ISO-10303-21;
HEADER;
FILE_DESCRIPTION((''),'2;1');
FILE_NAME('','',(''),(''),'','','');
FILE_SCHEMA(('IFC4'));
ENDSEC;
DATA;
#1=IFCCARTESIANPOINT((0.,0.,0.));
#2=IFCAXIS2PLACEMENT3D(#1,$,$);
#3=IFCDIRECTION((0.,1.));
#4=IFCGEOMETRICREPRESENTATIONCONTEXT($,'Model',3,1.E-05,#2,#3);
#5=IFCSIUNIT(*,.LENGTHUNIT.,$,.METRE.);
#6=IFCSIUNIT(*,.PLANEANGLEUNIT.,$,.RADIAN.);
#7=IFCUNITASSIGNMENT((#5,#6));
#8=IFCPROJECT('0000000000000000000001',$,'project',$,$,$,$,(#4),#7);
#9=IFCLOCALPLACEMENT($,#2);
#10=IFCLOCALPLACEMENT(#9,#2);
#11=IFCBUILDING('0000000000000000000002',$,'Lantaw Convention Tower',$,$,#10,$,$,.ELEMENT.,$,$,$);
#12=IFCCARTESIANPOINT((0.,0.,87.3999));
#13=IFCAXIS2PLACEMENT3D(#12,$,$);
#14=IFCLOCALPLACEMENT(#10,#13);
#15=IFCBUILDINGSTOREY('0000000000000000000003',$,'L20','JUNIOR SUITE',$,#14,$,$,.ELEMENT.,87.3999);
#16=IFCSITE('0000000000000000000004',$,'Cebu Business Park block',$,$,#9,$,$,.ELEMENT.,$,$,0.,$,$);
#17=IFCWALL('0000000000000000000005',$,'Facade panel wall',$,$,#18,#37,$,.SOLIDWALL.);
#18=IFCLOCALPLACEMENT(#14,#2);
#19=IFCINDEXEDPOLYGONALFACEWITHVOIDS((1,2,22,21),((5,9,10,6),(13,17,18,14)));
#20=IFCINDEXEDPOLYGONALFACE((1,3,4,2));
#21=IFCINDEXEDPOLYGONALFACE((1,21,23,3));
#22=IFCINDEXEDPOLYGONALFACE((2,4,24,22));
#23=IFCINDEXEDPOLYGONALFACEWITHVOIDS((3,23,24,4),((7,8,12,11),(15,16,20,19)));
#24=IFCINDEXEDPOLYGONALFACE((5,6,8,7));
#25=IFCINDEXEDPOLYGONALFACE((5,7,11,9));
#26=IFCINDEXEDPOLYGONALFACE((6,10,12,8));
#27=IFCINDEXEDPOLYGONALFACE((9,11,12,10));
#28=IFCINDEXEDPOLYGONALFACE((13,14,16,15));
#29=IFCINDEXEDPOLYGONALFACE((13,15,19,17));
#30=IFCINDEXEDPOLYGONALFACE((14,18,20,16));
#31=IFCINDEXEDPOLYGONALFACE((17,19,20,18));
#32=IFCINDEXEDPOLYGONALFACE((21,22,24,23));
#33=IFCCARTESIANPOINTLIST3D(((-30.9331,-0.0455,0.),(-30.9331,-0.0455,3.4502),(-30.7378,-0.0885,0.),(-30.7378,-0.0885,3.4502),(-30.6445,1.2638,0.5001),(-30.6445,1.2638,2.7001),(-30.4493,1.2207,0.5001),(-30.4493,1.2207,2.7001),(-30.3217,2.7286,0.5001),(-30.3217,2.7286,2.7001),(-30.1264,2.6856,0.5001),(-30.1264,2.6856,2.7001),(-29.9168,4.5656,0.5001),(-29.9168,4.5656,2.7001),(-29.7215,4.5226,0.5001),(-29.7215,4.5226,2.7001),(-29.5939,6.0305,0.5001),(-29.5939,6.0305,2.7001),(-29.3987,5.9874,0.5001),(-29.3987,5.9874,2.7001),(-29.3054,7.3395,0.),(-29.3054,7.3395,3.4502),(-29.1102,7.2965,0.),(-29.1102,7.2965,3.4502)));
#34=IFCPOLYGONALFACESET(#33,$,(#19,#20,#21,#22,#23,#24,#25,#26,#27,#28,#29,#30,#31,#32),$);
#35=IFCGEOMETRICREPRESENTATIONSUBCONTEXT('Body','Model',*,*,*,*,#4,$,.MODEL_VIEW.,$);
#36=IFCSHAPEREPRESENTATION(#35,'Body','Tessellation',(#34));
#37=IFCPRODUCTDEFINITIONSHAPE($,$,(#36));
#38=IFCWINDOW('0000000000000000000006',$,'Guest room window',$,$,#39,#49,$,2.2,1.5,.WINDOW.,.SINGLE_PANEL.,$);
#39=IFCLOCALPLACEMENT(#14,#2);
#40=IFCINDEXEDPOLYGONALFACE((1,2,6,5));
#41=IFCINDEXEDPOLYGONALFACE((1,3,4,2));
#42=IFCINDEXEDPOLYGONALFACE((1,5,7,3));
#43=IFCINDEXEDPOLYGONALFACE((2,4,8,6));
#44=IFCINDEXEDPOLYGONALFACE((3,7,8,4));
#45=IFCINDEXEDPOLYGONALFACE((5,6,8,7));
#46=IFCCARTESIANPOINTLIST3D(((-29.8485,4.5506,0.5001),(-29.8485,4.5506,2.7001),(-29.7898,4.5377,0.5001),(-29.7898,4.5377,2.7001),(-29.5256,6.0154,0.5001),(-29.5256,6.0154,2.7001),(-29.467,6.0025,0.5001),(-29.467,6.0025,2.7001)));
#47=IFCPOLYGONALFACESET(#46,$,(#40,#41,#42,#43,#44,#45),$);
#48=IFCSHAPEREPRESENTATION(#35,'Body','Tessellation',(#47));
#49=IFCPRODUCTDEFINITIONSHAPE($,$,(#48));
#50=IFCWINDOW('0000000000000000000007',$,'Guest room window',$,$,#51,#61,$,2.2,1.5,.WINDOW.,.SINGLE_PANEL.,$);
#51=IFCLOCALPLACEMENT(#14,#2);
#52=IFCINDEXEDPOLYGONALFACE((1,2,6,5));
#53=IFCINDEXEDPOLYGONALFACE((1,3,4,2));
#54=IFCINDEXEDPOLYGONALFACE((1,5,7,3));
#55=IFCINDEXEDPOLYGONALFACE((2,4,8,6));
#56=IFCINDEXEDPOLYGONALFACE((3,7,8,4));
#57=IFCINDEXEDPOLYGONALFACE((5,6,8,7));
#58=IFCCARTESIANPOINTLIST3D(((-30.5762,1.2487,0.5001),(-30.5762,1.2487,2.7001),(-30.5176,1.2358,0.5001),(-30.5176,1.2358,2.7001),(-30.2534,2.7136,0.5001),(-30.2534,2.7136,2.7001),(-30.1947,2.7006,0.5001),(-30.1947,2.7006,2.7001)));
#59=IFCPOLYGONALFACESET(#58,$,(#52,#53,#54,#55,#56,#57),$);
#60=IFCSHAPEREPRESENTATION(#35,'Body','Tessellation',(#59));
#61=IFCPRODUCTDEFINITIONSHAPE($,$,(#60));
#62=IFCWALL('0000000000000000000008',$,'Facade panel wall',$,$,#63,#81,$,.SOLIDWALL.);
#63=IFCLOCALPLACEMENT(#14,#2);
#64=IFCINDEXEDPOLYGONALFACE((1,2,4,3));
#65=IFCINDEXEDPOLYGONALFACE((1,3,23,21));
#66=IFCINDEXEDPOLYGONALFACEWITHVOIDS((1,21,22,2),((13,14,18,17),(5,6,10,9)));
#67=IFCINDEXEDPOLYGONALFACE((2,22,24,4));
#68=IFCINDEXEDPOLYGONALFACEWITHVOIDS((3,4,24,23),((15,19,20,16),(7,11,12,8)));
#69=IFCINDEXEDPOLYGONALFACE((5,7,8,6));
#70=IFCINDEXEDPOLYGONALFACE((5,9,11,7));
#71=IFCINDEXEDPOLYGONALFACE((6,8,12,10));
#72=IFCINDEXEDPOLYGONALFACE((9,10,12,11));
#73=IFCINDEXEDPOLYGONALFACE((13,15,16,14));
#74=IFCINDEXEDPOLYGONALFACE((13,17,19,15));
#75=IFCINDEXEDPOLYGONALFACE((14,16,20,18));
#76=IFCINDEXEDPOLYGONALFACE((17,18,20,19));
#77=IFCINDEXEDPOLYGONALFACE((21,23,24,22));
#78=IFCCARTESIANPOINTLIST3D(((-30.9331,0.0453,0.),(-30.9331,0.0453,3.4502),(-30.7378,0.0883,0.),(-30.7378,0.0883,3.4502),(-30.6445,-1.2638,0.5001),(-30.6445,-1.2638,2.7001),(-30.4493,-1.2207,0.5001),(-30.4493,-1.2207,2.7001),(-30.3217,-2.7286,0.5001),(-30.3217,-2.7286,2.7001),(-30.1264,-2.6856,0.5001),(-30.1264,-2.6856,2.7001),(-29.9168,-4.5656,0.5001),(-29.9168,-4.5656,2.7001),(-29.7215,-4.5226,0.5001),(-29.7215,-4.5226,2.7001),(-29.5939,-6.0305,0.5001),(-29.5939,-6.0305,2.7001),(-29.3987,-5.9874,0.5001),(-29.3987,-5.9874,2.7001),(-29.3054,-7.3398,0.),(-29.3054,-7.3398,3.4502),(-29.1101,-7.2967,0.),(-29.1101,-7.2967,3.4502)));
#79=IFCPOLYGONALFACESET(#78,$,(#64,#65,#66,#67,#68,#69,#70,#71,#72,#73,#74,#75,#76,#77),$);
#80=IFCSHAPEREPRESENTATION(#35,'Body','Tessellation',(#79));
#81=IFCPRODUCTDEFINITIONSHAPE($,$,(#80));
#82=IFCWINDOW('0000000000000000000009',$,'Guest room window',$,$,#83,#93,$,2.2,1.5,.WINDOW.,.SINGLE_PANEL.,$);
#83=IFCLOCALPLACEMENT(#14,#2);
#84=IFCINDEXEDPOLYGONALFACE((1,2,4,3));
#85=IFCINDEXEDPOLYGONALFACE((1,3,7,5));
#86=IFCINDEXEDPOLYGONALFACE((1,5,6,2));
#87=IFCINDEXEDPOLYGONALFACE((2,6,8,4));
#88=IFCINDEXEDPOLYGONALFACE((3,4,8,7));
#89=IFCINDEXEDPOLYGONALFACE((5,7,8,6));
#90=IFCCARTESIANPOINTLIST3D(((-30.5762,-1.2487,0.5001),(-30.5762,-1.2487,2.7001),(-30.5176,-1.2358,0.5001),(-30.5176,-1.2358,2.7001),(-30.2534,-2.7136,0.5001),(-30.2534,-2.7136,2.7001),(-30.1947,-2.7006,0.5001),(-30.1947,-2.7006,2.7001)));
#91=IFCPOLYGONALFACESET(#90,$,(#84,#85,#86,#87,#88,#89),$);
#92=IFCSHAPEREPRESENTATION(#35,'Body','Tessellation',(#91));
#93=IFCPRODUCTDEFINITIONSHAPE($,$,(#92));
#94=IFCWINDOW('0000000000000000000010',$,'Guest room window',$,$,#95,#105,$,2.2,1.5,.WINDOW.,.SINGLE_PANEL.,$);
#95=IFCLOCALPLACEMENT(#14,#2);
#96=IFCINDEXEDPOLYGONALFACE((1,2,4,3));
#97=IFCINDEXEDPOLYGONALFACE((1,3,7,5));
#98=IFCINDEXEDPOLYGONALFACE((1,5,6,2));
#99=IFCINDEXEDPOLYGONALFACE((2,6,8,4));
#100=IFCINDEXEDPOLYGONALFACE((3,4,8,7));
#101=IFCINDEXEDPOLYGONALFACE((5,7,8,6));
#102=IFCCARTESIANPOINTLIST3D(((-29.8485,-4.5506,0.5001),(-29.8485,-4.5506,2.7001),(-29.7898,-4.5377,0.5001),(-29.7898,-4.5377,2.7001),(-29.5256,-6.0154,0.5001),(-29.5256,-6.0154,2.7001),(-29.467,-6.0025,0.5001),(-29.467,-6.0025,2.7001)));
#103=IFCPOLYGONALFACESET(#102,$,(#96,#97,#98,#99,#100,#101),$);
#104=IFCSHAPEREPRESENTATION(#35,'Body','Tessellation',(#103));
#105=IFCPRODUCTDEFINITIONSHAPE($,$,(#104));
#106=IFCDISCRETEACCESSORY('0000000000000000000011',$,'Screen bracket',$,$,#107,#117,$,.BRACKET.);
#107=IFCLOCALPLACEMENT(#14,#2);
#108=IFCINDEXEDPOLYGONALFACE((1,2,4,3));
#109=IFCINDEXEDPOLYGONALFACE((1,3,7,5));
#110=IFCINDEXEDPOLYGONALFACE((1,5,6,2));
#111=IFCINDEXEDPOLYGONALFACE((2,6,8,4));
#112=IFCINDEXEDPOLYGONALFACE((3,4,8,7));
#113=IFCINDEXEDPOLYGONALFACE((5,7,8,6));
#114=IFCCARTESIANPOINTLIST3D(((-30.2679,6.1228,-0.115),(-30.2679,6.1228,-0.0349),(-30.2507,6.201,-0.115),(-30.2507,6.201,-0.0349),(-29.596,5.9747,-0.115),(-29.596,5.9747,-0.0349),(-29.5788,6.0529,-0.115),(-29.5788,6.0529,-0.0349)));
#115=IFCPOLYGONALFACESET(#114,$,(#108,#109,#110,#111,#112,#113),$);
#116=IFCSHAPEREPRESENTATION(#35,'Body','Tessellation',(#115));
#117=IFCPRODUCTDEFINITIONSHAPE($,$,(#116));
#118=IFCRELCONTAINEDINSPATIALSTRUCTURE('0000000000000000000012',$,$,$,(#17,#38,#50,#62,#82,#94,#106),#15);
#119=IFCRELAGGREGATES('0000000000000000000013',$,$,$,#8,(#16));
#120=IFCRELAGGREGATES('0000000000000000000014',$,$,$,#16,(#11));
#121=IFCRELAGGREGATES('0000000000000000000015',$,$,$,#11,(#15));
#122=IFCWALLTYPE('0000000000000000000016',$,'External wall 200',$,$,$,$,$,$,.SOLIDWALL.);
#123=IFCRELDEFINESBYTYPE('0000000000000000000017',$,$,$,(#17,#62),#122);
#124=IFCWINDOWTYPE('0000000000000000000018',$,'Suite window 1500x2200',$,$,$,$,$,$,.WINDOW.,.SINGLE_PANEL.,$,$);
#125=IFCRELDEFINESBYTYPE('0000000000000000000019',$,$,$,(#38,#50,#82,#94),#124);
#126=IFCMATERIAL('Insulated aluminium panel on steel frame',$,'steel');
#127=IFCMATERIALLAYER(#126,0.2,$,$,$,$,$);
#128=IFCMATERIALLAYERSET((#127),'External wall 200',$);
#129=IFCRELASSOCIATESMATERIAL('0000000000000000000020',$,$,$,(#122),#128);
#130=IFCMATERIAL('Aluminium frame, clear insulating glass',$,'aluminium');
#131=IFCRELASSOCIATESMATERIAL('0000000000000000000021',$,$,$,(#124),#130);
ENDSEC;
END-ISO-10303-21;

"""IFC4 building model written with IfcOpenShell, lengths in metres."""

from ifc_helpers import new_model, si_unit, direction, frame, frame_2d, origin, origin_2d, place, context, subcontext, project, spatial, rectangle, extrude, material, layer, layer_set, type_object, element, fill, save


model = new_model("IFC4")

# Units and contexts
model_context = context("Model", 3, precision=1e-05, world=origin(), true_north=direction((0.0, 1.0)))
body_context = subcontext(model_context, "Body", "Model", "MODEL_VIEW")
ifc_project = project(units=[si_unit("LENGTHUNIT", "METRE"), si_unit("PLANEANGLEUNIT", "RADIAN")], contexts=[model_context])

# Site, building, storey
site_placement = place(None, origin())
site = spatial("IfcSite", under=ifc_project, at=site_placement, Name="Cebu Business Park block", CompositionType="ELEMENT", RefElevation=0.0)
building_placement = place(site_placement, origin())
building = spatial("IfcBuilding", under=site, at=building_placement, Name="Lantaw Convention Tower", CompositionType="ELEMENT")
storey_placement = place(building_placement, frame((0.0, 0.0, 87.3999)))
storey = spatial("IfcBuildingStorey", under=building, at=storey_placement, Name="L20", Description="JUNIOR SUITE", CompositionType="ELEMENT", Elevation=87.3999)

# Walls, openings, windows
ifc_material_1 = material(Name="Insulated aluminium panel on steel frame", Category="steel")
ifc_layer_1 = layer(ifc_material_1, 0.2)
ifc_layer_set_1 = layer_set([ifc_layer_1], Name="External wall 200")
wall_type_1 = type_object("IfcWallType", Name="External wall 200", PredefinedType="SOLIDWALL", material=ifc_layer_set_1)
wall_1_placement = place(storey_placement, frame((-29.2078, 7.3181, 0.0), z_axis=(0.0, 0.0, 1.0), x_axis=(-0.215238, -0.976562, 0.0)))
wall_1 = element("IfcWall", 1, at=wall_1_placement, inside=storey, type_object=wall_type_1, Name="Facade panel wall", PredefinedType="SOLIDWALL", context=body_context, shape_type="SweptSolid", body=[
    extrude(rectangle(XDim=7.5623, YDim=0.2, at=frame_2d((3.7812, 0.0))), origin(), (0.0, 0.0, 1.0), 3.4502),
])
opening_1_placement = place(wall_1_placement, frame((1.3406, 0.0, 0.5)))
opening_1 = element("IfcOpeningElement", 2, at=opening_1_placement, cuts=wall_1, PredefinedType="OPENING", context=body_context, shape_type="SweptSolid", body=[
    extrude(rectangle(XDim=1.5, YDim=2.2, at=frame_2d((0.75, 1.1001))), frame((0.0, 0.1099, 0.0), z_axis=(0.0, -1.0, 0.0), x_axis=(1.0, 0.0, 0.0)), (0.0, 0.0, 1.0), 0.22),
])
opening_2_placement = place(wall_1_placement, frame((4.7217, 0.0, 0.5)))
opening_2 = element("IfcOpeningElement", 3, at=opening_2_placement, cuts=wall_1, PredefinedType="OPENING", context=body_context, shape_type="SweptSolid", body=[
    extrude(rectangle(XDim=1.5, YDim=2.2, at=frame_2d((0.75, 1.1001))), frame((0.0, 0.1099, 0.0), z_axis=(0.0, -1.0, 0.0), x_axis=(1.0, 0.0, 0.0)), (0.0, 0.0, 1.0), 0.22),
])
ifc_material_2 = material(Name="Aluminium frame, clear insulating glass", Category="aluminium")
window_type = type_object("IfcWindowType", Name="Suite window 1500x2200", PartitioningType="SINGLE_PANEL", PredefinedType="WINDOW", material=ifc_material_2)
window_1_placement = place(opening_1_placement, origin())
window_1 = element("IfcWindow", 4, at=window_1_placement, inside=storey, type_object=window_type, Name="Guest room window", OverallHeight=2.2, OverallWidth=1.5, PartitioningType="SINGLE_PANEL", PredefinedType="WINDOW", context=body_context, shape_type="SweptSolid", body=[
    extrude(rectangle(XDim=1.5, YDim=2.2, at=frame_2d((0.75, 1.1001))), frame((0.0, 0.03, 0.0), z_axis=(0.0, -1.0, 0.0), x_axis=(1.0, 0.0, 0.0)), (0.0, 0.0, 1.0), 0.0601),
])
fill(opening_1, window_1)
window_2_placement = place(opening_2_placement, origin())
window_2 = element("IfcWindow", 5, at=window_2_placement, inside=storey, type_object=window_type, Name="Guest room window", OverallHeight=2.2, OverallWidth=1.5, PartitioningType="SINGLE_PANEL", PredefinedType="WINDOW", context=body_context, shape_type="SweptSolid", body=[
    extrude(rectangle(XDim=1.5, YDim=2.2, at=frame_2d((0.75, 1.1001))), frame((0.0, 0.03, 0.0), z_axis=(0.0, -1.0, 0.0), x_axis=(1.0, 0.0, 0.0)), (0.0, 0.0, 1.0), 0.0601),
])
fill(opening_2, window_2)
wall_2_placement = place(storey_placement, frame((-30.8354, 0.0669, 0.0), z_axis=(0.0, 0.0, 1.0), x_axis=(0.215238, -0.976562, 0.0)))
wall_2 = element("IfcWall", 6, at=wall_2_placement, inside=storey, type_object=wall_type_1, Name="Facade panel wall", PredefinedType="SOLIDWALL", context=body_context, shape_type="SweptSolid", body=[
    extrude(rectangle(XDim=7.5623, YDim=0.2, at=frame_2d((3.7812, 0.0))), origin(), (0.0, 0.0, 1.0), 3.4502),
])
opening_3_placement = place(wall_2_placement, frame((1.3406, 0.0, 0.5)))
opening_3 = element("IfcOpeningElement", 7, at=opening_3_placement, cuts=wall_2, PredefinedType="OPENING", context=body_context, shape_type="SweptSolid", body=[
    extrude(rectangle(XDim=1.5, YDim=2.2, at=frame_2d((0.75, 1.1001))), frame((0.0, 0.1099, 0.0), z_axis=(0.0, -1.0, 0.0), x_axis=(1.0, 0.0, 0.0)), (0.0, 0.0, 1.0), 0.22),
])
opening_4_placement = place(wall_2_placement, frame((4.7217, 0.0, 0.5)))
opening_4 = element("IfcOpeningElement", 8, at=opening_4_placement, cuts=wall_2, PredefinedType="OPENING", context=body_context, shape_type="SweptSolid", body=[
    extrude(rectangle(XDim=1.5, YDim=2.2, at=frame_2d((0.75, 1.1001))), frame((0.0, 0.1099, 0.0), z_axis=(0.0, -1.0, 0.0), x_axis=(1.0, 0.0, 0.0)), (0.0, 0.0, 1.0), 0.22),
])
window_3_placement = place(opening_3_placement, origin())
window_3 = element("IfcWindow", 9, at=window_3_placement, inside=storey, type_object=window_type, Name="Guest room window", OverallHeight=2.2, OverallWidth=1.5, PartitioningType="SINGLE_PANEL", PredefinedType="WINDOW", context=body_context, shape_type="SweptSolid", body=[
    extrude(rectangle(XDim=1.5, YDim=2.2, at=frame_2d((0.75, 1.1001))), frame((0.0, 0.03, 0.0), z_axis=(0.0, -1.0, 0.0), x_axis=(1.0, 0.0, 0.0)), (0.0, 0.0, 1.0), 0.0601),
])
fill(opening_3, window_3)
window_4_placement = place(opening_4_placement, origin())
window_4 = element("IfcWindow", 10, at=window_4_placement, inside=storey, type_object=window_type, Name="Guest room window", OverallHeight=2.2, OverallWidth=1.5, PartitioningType="SINGLE_PANEL", PredefinedType="WINDOW", context=body_context, shape_type="SweptSolid", body=[
    extrude(rectangle(XDim=1.5, YDim=2.2, at=frame_2d((0.75, 1.1001))), frame((0.0, 0.03, 0.0), z_axis=(0.0, -1.0, 0.0), x_axis=(1.0, 0.0, 0.0)), (0.0, 0.0, 1.0), 0.0601),
])
fill(opening_4, window_4)

# Discrete accessory
discrete_accessory_placement = place(storey_placement, frame((-29.9233, 6.0879, -0.115), z_axis=(0.0, 0.0, 1.0), x_axis=(-0.215246, -0.97656, 0.0)))
element("IfcDiscreteAccessory", 11, at=discrete_accessory_placement, inside=storey, Name="Screen bracket", PredefinedType="BRACKET", context=body_context, shape_type="SweptSolid", body=[
    extrude(rectangle(XDim=0.0801, YDim=0.688, at=origin_2d()), origin(), (0.0, 0.0, 1.0), 0.0801),
])

save(model, "model.ifc")
